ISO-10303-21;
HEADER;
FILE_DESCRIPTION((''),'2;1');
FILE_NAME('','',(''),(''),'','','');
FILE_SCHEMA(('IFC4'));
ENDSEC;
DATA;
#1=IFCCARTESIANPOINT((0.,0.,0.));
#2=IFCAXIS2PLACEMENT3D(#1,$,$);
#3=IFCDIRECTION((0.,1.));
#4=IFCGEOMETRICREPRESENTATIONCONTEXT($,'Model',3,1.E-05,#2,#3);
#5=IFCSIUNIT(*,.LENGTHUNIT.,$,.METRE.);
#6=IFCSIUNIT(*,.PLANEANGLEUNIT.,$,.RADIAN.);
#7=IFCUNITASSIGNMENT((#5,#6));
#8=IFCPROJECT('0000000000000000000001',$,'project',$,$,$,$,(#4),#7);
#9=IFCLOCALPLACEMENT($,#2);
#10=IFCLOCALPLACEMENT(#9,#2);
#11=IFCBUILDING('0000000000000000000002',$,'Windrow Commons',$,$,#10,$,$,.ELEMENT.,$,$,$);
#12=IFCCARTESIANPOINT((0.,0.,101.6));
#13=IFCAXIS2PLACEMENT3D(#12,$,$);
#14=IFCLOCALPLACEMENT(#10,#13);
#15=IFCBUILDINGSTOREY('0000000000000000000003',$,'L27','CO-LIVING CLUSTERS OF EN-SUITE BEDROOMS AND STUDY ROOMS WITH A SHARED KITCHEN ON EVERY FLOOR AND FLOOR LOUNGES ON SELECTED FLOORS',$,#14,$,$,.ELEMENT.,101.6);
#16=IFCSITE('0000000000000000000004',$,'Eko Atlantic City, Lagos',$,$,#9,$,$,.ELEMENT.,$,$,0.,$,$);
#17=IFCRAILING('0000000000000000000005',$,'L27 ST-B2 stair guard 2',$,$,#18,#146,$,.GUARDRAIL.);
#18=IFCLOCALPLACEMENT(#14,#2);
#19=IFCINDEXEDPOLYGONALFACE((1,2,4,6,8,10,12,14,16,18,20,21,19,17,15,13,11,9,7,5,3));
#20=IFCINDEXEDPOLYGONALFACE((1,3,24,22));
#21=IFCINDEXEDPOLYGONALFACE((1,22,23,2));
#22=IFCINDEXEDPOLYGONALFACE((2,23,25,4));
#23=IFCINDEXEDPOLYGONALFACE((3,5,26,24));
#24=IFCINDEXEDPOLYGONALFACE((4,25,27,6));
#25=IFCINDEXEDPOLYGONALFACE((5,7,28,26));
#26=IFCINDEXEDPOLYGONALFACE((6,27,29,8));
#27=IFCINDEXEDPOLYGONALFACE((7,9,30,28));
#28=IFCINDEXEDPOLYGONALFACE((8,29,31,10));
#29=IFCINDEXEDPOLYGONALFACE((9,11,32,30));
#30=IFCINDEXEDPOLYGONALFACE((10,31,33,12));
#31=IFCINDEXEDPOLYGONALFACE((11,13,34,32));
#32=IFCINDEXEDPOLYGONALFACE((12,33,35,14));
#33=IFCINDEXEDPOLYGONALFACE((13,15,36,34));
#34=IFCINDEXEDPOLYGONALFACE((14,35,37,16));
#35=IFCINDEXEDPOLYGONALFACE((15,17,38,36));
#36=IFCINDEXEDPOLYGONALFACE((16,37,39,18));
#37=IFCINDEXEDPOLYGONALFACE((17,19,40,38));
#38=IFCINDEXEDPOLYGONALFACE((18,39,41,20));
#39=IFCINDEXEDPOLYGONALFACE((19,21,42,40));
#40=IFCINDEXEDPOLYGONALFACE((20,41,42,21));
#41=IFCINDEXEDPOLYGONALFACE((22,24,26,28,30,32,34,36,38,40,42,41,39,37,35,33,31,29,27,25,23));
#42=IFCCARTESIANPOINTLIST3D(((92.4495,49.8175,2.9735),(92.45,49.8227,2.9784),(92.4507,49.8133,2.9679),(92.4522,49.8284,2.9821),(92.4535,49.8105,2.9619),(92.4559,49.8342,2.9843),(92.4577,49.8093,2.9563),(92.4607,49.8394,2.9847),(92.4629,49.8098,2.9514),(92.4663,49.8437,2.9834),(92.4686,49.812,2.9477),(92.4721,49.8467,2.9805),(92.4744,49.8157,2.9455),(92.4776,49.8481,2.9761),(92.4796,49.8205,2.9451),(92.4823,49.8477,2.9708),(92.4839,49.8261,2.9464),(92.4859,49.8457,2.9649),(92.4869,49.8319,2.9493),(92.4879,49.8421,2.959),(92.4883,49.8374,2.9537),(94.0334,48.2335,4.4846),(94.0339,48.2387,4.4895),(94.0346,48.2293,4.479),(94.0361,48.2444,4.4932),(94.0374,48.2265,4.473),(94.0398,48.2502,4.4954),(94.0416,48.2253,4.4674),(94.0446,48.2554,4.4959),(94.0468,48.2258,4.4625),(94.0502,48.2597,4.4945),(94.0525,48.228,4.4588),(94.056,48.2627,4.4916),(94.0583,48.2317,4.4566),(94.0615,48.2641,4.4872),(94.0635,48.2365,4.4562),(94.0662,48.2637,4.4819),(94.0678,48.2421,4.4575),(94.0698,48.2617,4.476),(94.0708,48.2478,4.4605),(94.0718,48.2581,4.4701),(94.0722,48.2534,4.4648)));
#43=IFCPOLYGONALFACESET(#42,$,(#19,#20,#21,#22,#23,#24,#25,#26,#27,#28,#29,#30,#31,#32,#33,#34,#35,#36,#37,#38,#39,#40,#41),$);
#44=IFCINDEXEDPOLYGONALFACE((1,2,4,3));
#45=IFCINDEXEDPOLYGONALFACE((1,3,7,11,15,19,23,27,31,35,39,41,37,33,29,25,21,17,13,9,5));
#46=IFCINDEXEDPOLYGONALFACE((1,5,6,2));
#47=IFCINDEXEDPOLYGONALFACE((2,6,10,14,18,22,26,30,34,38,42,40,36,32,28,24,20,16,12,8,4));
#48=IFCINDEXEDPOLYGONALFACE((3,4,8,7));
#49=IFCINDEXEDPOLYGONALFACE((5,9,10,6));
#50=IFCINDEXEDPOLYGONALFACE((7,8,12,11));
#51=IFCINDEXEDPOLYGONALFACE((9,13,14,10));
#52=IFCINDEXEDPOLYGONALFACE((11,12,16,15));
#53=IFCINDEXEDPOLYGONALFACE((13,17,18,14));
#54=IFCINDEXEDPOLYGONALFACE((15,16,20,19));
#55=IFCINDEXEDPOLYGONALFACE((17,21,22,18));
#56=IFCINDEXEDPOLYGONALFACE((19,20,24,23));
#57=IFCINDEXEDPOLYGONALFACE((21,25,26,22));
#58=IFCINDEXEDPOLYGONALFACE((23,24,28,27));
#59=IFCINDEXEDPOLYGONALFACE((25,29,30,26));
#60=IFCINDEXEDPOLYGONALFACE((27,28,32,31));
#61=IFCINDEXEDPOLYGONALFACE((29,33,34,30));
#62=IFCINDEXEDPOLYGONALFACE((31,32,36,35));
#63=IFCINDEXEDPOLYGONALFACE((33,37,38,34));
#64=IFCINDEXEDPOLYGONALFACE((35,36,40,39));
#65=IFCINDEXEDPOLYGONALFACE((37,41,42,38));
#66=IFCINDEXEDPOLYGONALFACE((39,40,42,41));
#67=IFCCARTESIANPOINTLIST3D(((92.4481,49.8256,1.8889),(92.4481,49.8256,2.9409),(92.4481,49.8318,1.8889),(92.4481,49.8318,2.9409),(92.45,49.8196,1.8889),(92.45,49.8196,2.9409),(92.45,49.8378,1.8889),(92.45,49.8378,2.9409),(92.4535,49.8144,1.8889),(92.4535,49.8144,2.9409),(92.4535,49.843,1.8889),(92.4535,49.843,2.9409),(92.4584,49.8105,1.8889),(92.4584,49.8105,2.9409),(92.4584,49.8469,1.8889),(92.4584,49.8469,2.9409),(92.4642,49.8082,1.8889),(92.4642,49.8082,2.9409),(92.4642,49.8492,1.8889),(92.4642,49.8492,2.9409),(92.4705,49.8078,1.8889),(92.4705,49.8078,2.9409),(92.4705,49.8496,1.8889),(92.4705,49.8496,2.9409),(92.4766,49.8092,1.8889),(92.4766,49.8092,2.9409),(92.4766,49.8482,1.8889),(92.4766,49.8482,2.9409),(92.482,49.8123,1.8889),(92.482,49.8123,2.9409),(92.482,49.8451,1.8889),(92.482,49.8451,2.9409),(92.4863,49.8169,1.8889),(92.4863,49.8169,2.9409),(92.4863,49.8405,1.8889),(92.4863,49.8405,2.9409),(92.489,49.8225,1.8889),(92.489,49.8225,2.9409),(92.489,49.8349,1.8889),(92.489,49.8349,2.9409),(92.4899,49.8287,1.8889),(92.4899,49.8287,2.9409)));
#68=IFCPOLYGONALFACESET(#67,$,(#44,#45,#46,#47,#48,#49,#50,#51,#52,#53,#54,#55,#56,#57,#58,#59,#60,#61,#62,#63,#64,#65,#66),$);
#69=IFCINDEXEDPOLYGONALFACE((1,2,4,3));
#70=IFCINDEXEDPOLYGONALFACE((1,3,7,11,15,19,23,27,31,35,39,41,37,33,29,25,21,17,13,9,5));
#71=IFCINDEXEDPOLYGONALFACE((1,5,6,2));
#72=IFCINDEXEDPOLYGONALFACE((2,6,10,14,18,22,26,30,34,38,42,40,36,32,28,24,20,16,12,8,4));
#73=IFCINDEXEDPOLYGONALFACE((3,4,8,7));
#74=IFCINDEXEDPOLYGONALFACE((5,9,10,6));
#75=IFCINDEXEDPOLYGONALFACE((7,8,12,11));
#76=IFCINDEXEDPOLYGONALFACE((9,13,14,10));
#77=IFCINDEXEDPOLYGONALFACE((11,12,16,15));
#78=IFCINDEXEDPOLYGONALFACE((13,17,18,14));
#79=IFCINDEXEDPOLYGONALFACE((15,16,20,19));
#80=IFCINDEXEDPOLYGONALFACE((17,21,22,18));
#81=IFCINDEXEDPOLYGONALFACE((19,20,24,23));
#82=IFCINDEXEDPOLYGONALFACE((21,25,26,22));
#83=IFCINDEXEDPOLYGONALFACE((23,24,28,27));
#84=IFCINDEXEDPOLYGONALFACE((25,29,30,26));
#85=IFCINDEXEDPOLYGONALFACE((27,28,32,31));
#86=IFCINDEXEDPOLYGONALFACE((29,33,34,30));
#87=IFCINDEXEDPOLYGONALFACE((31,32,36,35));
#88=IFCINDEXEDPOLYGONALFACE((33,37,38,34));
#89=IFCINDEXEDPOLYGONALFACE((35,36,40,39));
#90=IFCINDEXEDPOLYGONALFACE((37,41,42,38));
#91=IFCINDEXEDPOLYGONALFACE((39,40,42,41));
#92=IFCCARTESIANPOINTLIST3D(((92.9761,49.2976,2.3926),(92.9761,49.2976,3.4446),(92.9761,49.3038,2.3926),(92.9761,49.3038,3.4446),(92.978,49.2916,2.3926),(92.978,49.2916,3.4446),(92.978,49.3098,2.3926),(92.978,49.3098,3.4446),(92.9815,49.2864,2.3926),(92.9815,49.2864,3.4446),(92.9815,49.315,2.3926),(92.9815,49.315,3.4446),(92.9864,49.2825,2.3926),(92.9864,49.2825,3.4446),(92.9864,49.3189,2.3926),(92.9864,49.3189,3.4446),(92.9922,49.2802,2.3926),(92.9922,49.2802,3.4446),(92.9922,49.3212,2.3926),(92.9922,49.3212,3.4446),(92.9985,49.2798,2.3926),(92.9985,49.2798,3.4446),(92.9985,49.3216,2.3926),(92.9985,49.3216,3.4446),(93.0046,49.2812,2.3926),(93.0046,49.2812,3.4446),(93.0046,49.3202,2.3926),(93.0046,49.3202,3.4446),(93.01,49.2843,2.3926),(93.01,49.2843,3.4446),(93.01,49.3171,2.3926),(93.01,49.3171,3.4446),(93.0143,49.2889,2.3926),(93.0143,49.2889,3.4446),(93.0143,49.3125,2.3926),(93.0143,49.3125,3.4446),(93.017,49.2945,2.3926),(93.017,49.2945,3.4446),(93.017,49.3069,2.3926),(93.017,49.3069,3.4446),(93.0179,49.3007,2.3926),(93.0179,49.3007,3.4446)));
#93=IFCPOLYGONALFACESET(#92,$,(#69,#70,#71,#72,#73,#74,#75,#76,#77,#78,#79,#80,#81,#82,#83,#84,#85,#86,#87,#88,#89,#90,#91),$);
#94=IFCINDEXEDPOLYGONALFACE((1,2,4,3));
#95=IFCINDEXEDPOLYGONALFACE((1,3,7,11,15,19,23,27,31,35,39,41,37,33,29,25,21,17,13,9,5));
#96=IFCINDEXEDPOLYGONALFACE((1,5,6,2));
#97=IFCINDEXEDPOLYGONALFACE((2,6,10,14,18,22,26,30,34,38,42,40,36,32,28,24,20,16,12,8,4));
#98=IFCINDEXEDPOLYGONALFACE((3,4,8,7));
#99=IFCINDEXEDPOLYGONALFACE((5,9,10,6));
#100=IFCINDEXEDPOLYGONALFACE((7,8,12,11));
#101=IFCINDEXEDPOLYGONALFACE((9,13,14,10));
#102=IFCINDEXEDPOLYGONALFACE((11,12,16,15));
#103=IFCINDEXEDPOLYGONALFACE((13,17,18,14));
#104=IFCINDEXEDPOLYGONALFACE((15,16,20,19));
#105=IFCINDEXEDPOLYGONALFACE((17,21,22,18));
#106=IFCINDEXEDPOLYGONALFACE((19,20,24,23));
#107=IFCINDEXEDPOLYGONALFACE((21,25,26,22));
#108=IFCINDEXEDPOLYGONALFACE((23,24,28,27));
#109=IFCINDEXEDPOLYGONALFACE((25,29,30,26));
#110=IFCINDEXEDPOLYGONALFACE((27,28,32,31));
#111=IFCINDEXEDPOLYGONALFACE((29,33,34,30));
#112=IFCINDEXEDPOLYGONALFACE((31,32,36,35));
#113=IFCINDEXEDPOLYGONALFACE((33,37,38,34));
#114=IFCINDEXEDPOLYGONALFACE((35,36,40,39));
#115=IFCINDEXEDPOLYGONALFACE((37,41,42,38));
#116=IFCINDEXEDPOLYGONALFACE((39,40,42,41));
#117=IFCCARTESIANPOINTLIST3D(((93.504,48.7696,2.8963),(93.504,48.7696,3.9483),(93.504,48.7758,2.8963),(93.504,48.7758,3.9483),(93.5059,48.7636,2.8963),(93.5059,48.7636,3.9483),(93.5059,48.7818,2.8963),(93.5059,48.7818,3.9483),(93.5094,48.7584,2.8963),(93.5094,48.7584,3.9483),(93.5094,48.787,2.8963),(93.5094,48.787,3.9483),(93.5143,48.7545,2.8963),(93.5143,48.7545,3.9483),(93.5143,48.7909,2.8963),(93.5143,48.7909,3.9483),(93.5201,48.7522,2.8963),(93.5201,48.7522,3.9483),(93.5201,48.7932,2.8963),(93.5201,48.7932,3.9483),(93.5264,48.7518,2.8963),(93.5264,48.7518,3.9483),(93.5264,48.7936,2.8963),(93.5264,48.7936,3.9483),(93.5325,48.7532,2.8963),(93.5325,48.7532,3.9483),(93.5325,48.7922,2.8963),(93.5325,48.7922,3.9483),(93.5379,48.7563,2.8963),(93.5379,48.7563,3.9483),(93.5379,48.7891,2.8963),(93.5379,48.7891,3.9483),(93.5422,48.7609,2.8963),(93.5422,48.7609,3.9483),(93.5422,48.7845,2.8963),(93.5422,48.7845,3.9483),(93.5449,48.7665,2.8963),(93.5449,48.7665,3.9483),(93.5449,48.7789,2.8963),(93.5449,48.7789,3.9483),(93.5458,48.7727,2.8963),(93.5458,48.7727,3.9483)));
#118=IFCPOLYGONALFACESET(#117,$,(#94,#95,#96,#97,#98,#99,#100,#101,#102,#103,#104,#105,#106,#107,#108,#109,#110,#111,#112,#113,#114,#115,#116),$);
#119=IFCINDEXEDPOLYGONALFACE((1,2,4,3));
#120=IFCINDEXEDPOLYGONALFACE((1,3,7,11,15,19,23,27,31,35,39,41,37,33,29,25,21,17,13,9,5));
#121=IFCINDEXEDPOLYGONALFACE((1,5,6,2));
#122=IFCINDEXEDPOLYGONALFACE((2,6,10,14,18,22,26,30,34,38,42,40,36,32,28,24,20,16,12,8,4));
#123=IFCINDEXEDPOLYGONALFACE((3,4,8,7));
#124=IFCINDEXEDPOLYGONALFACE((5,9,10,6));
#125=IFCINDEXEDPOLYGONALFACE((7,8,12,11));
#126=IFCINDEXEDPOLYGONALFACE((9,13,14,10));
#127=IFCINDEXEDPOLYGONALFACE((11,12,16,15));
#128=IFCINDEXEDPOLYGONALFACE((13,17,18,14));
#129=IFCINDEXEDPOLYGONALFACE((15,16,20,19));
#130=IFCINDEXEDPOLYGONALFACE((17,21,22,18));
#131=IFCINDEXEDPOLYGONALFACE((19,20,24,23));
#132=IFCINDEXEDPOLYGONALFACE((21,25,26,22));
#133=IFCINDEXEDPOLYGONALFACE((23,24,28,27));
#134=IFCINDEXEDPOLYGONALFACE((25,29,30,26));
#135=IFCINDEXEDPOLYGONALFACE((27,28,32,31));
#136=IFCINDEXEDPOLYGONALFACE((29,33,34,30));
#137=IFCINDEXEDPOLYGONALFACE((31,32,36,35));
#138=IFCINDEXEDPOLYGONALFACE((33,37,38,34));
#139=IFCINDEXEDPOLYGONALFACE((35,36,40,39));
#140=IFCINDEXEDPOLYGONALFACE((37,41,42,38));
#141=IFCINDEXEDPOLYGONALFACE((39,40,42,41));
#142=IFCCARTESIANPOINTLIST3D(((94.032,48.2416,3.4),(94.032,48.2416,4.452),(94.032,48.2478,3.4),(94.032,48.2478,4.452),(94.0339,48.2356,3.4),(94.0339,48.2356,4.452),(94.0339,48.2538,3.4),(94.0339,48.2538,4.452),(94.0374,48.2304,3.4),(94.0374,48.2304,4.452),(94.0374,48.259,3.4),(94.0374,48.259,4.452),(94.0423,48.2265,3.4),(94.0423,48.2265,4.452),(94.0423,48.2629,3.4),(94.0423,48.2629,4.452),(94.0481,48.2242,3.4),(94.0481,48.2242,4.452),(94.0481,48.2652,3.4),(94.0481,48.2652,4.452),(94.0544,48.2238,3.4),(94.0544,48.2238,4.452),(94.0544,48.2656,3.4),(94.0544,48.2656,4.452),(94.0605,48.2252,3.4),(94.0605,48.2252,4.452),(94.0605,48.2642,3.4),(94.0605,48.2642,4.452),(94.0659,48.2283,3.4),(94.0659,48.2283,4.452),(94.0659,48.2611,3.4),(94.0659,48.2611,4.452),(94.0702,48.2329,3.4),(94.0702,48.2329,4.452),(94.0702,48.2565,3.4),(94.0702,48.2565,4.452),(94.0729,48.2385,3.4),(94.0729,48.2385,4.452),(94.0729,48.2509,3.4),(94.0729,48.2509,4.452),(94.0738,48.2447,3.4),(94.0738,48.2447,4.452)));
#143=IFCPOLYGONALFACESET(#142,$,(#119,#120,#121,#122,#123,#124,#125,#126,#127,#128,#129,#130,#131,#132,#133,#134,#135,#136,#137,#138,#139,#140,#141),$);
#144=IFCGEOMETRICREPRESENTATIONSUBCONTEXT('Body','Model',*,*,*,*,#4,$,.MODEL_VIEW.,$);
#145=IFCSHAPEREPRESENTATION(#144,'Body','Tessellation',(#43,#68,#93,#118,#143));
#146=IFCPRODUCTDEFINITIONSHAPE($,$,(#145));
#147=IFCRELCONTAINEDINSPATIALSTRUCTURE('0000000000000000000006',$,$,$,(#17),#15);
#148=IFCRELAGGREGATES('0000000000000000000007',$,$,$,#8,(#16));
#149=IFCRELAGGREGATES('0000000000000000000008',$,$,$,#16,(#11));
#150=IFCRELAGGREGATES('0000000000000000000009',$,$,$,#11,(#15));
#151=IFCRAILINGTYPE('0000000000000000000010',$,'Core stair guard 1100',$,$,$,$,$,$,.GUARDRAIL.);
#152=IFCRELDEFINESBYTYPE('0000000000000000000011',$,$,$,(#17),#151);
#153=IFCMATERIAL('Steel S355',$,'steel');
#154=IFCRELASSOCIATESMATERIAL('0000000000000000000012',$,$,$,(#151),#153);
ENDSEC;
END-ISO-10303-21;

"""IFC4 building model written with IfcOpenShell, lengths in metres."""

from ifc_helpers import new_model, si_unit, direction, frame, origin, origin_2d, place, context, subcontext, project, spatial, circle, extrude, material, type_object, element, save


model = new_model("IFC4")

# Units and contexts
model_context = context("Model", 3, precision=1e-05, world=origin(), true_north=direction((0.0, 1.0)))
body_context = subcontext(model_context, "Body", "Model", "MODEL_VIEW")
ifc_project = project(units=[si_unit("LENGTHUNIT", "METRE"), si_unit("PLANEANGLEUNIT", "RADIAN")], contexts=[model_context])

# Site, building, storey
site_placement = place(None, origin())
site = spatial("IfcSite", under=ifc_project, at=site_placement, Name="Eko Atlantic City, Lagos", CompositionType="ELEMENT", RefElevation=0.0)
building_placement = place(site_placement, origin())
building = spatial("IfcBuilding", under=site, at=building_placement, Name="Windrow Commons", CompositionType="ELEMENT")
storey_placement = place(building_placement, frame((0.0, 0.0, 101.6)))
storey = spatial("IfcBuildingStorey", under=building, at=storey_placement, Name="L27", Description="CO-LIVING CLUSTERS OF EN-SUITE BEDROOMS AND STUDY ROOMS WITH A SHARED KITCHEN ON EVERY FLOOR AND FLOOR LOUNGES ON SELECTED FLOORS", CompositionType="ELEMENT", Elevation=101.6)

# Railing
ifc_material_1 = material(Name="Steel S355", Category="steel")
railing_type_1 = type_object("IfcRailingType", Name="Core stair guard 1100", PredefinedType="GUARDRAIL", material=ifc_material_1)
railing_1_placement = place(storey_placement, frame((92.4689, 49.8287, 1.8889)))
element("IfcRailing", 1, at=railing_1_placement, inside=storey, type_object=railing_type_1, Name="L27 ST-B2 stair guard 2", PredefinedType="GUARDRAIL", context=body_context, shape_type="SweptSolid", body=[
    extrude(circle(Radius=0.024, at=origin_2d()), frame((0.0, 0.0, 1.076), z_axis=(0.586179, -0.586216, 0.559237), x_axis=(0.707129, 0.707084, 0.0)), (0.0, 0.0, 1.0), 2.7021),
    extrude(circle(Radius=0.021, at=origin_2d()), origin(), (0.0, 0.0, 1.0), 1.052),
    extrude(circle(Radius=0.021, at=origin_2d()), frame((0.528, -0.528, 0.5037)), (0.0, 0.0, 1.0), 1.052),
    extrude(circle(Radius=0.021, at=origin_2d()), frame((1.0559, -1.056, 1.0074)), (0.0, 0.0, 1.0), 1.052),
    extrude(circle(Radius=0.021, at=origin_2d()), frame((1.5839, -1.584, 1.5111)), (0.0, 0.0, 1.0), 1.052),
])

save(model, "model.ifc")
